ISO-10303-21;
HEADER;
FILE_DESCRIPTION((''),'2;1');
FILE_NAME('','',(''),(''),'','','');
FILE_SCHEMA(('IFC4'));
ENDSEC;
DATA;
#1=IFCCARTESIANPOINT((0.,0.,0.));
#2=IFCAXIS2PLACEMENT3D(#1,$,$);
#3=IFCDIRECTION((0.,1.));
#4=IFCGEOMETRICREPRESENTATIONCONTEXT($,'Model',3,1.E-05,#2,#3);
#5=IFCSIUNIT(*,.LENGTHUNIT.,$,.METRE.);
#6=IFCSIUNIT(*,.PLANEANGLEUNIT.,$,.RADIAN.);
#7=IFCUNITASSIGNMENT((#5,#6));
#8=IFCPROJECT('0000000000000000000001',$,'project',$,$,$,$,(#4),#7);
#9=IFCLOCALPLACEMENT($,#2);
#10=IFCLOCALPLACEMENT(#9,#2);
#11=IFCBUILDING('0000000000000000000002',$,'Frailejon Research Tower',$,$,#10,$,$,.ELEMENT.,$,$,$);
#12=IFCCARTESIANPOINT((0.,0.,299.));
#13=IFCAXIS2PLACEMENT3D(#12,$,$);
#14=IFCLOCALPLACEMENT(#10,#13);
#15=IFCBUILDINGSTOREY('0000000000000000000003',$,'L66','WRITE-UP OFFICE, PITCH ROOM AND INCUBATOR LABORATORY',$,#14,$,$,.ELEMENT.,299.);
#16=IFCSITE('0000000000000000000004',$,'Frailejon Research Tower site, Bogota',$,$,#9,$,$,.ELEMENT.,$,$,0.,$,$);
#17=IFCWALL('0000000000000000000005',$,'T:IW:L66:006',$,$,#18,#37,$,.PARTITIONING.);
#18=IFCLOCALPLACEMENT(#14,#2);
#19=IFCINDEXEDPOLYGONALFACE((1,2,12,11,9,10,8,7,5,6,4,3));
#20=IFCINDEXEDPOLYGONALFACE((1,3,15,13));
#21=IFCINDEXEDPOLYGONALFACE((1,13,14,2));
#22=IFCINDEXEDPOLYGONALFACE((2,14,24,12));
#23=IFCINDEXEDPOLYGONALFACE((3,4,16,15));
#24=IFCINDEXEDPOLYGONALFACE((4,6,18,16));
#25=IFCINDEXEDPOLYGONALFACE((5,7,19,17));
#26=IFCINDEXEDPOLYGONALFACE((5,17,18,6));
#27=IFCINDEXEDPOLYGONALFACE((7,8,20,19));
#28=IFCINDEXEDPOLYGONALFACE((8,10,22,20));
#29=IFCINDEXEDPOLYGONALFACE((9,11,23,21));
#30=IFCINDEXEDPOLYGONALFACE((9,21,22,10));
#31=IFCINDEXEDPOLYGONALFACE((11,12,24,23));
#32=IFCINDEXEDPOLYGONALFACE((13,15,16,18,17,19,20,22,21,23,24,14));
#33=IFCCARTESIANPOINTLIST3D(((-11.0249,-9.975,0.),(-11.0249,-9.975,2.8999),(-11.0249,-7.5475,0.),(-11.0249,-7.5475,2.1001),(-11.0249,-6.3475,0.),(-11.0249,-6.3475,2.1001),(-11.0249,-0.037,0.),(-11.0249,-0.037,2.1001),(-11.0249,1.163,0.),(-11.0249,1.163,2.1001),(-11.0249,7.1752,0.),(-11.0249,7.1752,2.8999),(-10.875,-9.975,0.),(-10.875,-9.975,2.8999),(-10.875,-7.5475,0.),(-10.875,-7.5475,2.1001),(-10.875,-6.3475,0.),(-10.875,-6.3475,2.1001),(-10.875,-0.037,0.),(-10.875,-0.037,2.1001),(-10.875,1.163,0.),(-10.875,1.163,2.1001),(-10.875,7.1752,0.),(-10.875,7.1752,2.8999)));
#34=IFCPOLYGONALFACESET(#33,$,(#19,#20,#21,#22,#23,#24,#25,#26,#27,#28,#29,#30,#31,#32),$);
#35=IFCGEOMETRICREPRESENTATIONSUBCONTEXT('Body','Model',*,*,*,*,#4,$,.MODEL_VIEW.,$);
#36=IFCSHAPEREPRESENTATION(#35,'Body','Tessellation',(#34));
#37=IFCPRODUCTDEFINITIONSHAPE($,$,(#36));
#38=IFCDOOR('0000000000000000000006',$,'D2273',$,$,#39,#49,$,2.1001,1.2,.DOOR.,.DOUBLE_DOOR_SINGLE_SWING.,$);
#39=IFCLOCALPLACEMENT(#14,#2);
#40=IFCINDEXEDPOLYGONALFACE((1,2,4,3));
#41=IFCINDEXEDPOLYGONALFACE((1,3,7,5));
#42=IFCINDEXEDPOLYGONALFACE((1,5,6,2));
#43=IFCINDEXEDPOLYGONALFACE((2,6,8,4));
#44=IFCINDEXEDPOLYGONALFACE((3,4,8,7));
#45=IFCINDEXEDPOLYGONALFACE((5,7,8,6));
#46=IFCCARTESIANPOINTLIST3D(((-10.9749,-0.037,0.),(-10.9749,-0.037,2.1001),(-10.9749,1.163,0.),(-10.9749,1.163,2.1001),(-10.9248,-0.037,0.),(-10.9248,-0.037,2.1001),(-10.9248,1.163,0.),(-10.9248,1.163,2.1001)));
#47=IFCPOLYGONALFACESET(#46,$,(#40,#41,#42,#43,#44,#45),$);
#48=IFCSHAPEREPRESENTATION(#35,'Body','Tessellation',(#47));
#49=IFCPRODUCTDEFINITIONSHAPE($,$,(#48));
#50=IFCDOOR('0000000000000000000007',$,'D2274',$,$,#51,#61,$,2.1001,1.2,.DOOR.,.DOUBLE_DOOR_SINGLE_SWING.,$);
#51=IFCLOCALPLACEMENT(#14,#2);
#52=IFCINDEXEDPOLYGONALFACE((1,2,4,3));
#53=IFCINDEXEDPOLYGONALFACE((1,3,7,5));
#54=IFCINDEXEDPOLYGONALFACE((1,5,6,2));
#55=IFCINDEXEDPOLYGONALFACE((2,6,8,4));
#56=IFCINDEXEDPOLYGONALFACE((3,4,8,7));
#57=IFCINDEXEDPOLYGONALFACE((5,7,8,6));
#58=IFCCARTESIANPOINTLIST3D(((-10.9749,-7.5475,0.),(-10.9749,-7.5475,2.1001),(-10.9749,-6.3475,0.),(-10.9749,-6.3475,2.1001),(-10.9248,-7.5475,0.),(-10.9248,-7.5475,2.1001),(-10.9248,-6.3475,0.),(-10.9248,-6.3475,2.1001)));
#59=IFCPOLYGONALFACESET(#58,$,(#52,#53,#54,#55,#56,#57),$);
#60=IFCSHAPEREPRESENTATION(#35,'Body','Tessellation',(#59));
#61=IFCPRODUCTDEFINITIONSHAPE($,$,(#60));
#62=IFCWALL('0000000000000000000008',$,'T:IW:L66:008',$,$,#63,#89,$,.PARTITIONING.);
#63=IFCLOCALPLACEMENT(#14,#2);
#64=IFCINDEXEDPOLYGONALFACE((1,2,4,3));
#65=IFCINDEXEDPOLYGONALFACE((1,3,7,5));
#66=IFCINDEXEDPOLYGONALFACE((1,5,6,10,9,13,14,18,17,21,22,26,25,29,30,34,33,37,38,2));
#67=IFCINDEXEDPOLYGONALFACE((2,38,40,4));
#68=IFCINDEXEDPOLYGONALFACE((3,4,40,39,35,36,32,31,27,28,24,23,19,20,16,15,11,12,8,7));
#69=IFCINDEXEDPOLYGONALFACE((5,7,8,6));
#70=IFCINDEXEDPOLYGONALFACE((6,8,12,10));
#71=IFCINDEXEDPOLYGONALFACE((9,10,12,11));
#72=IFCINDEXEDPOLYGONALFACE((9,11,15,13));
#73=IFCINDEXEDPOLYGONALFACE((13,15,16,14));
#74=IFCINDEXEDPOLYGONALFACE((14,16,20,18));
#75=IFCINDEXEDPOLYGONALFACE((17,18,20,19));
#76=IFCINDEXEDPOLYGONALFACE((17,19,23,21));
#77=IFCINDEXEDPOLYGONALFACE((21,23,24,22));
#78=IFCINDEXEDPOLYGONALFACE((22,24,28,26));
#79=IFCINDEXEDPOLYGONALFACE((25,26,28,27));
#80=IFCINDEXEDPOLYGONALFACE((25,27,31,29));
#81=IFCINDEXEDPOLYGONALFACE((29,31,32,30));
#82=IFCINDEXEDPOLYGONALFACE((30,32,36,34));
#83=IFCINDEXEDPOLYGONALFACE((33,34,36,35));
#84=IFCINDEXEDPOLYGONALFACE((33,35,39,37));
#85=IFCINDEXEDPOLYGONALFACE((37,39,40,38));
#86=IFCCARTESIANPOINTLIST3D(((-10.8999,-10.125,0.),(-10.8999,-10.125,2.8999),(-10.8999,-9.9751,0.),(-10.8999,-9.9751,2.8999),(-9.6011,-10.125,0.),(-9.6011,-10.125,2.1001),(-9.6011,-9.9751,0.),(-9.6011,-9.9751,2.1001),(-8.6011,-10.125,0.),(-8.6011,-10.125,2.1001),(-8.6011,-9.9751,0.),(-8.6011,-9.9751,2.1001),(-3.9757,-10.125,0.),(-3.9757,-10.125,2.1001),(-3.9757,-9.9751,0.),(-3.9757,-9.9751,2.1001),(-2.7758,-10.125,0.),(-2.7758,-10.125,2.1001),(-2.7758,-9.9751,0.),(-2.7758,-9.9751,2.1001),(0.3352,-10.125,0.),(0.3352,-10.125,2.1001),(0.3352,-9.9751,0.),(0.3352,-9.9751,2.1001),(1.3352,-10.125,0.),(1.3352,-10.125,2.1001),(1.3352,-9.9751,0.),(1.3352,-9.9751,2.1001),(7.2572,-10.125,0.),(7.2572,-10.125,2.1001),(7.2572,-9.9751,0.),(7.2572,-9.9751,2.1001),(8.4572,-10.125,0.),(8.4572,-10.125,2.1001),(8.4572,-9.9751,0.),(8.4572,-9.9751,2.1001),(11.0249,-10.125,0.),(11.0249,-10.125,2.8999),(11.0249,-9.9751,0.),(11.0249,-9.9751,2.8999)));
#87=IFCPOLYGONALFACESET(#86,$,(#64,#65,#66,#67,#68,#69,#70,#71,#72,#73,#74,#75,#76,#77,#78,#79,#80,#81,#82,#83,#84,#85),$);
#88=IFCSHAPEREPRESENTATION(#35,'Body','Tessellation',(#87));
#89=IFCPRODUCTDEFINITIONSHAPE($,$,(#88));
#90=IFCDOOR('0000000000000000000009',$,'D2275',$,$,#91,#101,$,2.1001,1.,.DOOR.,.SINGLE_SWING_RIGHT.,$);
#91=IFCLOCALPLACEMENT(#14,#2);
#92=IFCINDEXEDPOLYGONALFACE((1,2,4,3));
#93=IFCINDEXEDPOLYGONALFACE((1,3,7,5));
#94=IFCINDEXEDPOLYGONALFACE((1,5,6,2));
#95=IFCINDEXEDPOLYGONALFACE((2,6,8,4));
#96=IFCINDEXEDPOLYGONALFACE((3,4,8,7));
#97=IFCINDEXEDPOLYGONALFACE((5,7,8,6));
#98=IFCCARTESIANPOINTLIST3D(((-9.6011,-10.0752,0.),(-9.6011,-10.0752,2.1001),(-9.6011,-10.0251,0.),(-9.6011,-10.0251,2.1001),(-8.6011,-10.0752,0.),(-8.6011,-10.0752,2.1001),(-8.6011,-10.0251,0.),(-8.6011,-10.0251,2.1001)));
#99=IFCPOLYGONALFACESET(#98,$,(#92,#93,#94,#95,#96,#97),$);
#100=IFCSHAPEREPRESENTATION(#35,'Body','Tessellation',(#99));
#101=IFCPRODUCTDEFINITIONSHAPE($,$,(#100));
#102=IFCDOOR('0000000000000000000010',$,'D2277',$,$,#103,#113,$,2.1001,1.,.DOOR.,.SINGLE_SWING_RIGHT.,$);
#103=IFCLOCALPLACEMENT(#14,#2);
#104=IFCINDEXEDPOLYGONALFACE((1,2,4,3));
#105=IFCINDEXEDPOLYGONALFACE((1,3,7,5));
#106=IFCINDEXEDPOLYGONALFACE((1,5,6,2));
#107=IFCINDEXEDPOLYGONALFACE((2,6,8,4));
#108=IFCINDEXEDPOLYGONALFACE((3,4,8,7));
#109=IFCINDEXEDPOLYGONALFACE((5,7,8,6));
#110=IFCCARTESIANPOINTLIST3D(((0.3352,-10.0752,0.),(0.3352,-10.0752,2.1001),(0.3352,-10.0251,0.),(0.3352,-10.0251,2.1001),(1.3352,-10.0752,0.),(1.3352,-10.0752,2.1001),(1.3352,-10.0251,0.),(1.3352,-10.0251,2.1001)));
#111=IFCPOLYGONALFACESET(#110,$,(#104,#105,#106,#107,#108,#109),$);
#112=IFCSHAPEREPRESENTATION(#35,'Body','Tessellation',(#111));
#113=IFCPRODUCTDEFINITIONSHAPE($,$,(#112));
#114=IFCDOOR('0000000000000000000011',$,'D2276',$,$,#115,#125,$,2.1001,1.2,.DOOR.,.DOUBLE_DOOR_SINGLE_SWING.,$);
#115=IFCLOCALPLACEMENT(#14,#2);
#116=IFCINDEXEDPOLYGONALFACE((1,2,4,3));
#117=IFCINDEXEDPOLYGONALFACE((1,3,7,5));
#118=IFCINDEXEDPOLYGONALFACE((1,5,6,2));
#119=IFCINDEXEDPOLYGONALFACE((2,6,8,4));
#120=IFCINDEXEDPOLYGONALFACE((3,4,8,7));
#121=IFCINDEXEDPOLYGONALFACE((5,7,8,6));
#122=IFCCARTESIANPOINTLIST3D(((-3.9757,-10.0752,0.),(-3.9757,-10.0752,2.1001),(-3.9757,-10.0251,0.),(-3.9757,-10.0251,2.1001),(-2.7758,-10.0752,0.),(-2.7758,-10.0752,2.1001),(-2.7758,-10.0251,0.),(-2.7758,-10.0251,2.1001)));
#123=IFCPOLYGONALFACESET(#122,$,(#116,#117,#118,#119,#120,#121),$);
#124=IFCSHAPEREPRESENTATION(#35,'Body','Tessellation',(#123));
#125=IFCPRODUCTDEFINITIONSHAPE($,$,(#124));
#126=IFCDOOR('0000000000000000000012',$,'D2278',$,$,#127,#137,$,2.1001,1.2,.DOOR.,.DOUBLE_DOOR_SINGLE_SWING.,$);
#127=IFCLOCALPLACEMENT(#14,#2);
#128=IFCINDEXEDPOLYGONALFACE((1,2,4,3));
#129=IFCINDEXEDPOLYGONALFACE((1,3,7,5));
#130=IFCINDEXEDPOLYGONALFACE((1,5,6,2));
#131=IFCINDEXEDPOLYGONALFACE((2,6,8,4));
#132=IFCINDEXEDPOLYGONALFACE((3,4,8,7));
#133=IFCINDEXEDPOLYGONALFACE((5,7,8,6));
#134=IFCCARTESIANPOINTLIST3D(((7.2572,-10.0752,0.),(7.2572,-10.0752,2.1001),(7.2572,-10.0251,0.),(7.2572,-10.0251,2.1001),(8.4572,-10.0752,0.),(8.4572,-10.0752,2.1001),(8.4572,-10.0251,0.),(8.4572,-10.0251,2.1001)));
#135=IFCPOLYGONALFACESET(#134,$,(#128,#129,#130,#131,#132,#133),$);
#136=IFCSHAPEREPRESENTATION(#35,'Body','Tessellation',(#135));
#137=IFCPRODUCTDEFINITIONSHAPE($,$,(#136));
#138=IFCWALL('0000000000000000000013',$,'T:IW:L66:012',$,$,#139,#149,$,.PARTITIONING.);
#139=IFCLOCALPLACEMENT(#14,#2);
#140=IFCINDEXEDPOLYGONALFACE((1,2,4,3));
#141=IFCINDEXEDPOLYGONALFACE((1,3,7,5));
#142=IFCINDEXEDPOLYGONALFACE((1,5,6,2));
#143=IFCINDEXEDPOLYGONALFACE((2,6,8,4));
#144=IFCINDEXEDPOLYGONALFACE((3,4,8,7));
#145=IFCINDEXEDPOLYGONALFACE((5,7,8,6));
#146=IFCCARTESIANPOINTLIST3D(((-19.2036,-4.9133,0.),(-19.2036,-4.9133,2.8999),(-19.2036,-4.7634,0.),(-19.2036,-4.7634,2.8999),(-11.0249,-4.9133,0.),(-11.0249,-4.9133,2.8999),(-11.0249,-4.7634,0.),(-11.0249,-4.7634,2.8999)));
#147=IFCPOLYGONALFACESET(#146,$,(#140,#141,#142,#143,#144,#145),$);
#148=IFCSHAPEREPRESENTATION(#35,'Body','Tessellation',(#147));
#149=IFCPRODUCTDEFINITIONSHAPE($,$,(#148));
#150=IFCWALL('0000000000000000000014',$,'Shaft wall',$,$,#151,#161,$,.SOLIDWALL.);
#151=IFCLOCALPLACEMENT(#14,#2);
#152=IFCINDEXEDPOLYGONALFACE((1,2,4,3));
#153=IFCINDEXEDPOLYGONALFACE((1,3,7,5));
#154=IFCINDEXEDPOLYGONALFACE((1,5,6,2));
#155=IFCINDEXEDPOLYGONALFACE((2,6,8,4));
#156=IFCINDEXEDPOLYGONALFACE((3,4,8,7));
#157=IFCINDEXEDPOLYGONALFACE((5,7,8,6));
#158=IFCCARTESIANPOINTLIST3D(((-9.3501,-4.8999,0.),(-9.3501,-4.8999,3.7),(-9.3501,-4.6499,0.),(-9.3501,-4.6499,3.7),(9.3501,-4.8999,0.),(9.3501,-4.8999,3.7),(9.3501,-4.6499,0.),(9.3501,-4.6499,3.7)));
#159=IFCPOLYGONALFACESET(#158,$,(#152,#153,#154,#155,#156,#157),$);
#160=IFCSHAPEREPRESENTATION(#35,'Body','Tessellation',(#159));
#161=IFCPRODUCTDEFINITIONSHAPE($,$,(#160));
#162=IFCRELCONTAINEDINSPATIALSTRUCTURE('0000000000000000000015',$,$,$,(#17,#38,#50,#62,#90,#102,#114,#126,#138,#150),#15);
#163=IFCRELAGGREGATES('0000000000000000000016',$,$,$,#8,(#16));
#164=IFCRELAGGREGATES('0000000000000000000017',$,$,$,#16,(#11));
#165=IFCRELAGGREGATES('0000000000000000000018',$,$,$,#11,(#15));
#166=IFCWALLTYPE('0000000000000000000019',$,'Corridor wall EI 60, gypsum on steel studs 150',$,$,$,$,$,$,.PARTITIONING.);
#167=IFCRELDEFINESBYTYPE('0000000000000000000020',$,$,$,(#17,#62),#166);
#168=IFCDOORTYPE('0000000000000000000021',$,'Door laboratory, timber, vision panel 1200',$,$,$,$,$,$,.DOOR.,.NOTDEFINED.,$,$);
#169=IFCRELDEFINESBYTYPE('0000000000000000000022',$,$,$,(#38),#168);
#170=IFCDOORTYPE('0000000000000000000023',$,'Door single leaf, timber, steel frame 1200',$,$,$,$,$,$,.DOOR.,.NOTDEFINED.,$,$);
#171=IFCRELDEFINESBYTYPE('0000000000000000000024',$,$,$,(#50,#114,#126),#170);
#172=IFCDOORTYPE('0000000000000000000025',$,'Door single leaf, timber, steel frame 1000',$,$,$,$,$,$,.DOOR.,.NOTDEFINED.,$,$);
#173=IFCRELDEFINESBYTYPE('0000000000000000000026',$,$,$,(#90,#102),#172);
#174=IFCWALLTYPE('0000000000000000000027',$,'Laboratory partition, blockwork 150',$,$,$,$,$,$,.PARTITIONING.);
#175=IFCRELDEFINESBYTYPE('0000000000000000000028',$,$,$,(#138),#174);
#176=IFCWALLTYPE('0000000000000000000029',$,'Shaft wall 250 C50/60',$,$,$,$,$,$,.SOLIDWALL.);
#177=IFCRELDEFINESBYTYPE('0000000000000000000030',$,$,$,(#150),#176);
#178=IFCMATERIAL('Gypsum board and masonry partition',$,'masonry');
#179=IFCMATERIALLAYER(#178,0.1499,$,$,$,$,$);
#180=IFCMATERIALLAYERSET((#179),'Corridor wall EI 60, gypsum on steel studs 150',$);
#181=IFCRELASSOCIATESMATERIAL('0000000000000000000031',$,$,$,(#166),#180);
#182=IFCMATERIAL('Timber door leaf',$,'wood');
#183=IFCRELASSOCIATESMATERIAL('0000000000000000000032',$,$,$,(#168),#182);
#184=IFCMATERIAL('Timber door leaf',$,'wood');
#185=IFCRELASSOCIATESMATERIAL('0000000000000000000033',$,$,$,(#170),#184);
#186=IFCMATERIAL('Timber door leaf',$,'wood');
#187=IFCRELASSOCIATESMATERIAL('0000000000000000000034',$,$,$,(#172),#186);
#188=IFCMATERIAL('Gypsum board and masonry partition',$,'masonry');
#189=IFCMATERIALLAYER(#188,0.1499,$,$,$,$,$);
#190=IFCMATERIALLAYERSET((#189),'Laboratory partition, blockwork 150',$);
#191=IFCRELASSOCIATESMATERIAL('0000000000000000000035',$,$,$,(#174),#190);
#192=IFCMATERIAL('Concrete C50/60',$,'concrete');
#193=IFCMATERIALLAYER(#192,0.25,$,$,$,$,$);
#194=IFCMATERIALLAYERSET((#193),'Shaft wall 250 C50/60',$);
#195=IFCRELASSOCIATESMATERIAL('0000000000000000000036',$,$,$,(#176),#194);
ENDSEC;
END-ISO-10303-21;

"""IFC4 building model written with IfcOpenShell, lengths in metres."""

from ifc_helpers import new_model, si_unit, direction, frame, frame_2d, origin, place, context, subcontext, project, spatial, rectangle, extrude, material, layer, layer_set, type_object, element, fill, save


model = new_model("IFC4")

# Units and contexts
model_context = context("Model", 3, precision=1e-05, world=origin(), true_north=direction((0.0, 1.0)))
body_context = subcontext(model_context, "Body", "Model", "MODEL_VIEW")
ifc_project = project(units=[si_unit("LENGTHUNIT", "METRE"), si_unit("PLANEANGLEUNIT", "RADIAN")], contexts=[model_context])

# Site, building, storey
site_placement = place(None, origin())
site = spatial("IfcSite", under=ifc_project, at=site_placement, Name="Frailejon Research Tower site, Bogota", CompositionType="ELEMENT", RefElevation=0.0)
building_placement = place(site_placement, origin())
building = spatial("IfcBuilding", under=site, at=building_placement, Name="Frailejon Research Tower", CompositionType="ELEMENT")
storey_placement = place(building_placement, frame((0.0, 0.0, 299.0)))
storey = spatial("IfcBuildingStorey", under=building, at=storey_placement, Name="L66", Description="WRITE-UP OFFICE, PITCH ROOM AND INCUBATOR LABORATORY", CompositionType="ELEMENT", Elevation=299.0)

# Walls, openings, doors
ifc_material_1 = material(Name="Gypsum board and masonry partition", Category="masonry")
ifc_layer_1 = layer(ifc_material_1, 0.1499)
ifc_layer_set_1 = layer_set([ifc_layer_1], Name="Corridor wall EI 60, gypsum on steel studs 150")
wall_type_1 = type_object("IfcWallType", Name="Corridor wall EI 60, gypsum on steel studs 150", PredefinedType="PARTITIONING", material=ifc_layer_set_1)
wall_1_placement = place(storey_placement, frame((-10.95, -9.9751, 0.0), z_axis=(0.0, 0.0, 1.0), x_axis=(0.0, 1.0, 0.0)))
wall_1 = element("IfcWall", 1, at=wall_1_placement, inside=storey, type_object=wall_type_1, Name="T:IW:L66:006", PredefinedType="PARTITIONING", context=body_context, shape_type="SweptSolid", body=[
    extrude(rectangle(XDim=17.1501, YDim=0.1499, at=frame_2d((8.5752, 0.0))), origin(), (0.0, 0.0, 1.0), 2.8999),
])
opening_1_placement = place(wall_1_placement, frame((9.938, 0.0, 0.0)))
opening_1 = element("IfcOpeningElement", 2, at=opening_1_placement, cuts=wall_1, PredefinedType="OPENING", context=body_context, shape_type="SweptSolid", body=[
    extrude(rectangle(XDim=1.2, YDim=2.1001, at=frame_2d((0.6001, 1.05))), frame((0.0, 0.085, 0.0), z_axis=(0.0, -1.0, 0.0), x_axis=(1.0, 0.0, 0.0)), (0.0, 0.0, 1.0), 0.1699),
])
opening_2_placement = place(wall_1_placement, frame((2.4275, 0.0, 0.0)))
opening_2 = element("IfcOpeningElement", 3, at=opening_2_placement, cuts=wall_1, PredefinedType="OPENING", context=body_context, shape_type="SweptSolid", body=[
    extrude(rectangle(XDim=1.2, YDim=2.1001, at=frame_2d((0.6001, 1.05))), frame((0.0, 0.085, 0.0), z_axis=(0.0, -1.0, 0.0), x_axis=(1.0, 0.0, 0.0)), (0.0, 0.0, 1.0), 0.1699),
])
ifc_material_2 = material(Name="Timber door leaf", Category="wood")
door_type_1 = type_object("IfcDoorType", Name="Door laboratory, timber, vision panel 1200", OperationType="NOTDEFINED", PredefinedType="DOOR", material=ifc_material_2)
door_1_placement = place(opening_1_placement, origin())
door_1 = element("IfcDoor", 4, at=door_1_placement, inside=storey, type_object=door_type_1, Name="D2273", OperationType="DOUBLE_DOOR_SINGLE_SWING", OverallHeight=2.1001, OverallWidth=1.2, PredefinedType="DOOR", context=body_context, shape_type="SweptSolid", body=[
    extrude(rectangle(XDim=1.2, YDim=2.1001, at=frame_2d((0.6001, 1.05))), frame((0.0, 0.0249, 0.0), z_axis=(0.0, -1.0, 0.0), x_axis=(1.0, 0.0, 0.0)), (0.0, 0.0, 1.0), 0.05),
])
fill(opening_1, door_1)
ifc_material_3 = material(Name="Timber door leaf", Category="wood")
door_type_2 = type_object("IfcDoorType", Name="Door single leaf, timber, steel frame 1200", OperationType="NOTDEFINED", PredefinedType="DOOR", material=ifc_material_3)
door_2_placement = place(opening_2_placement, origin())
door_2 = element("IfcDoor", 5, at=door_2_placement, inside=storey, type_object=door_type_2, Name="D2274", OperationType="DOUBLE_DOOR_SINGLE_SWING", OverallHeight=2.1001, OverallWidth=1.2, PredefinedType="DOOR", context=body_context, shape_type="SweptSolid", body=[
    extrude(rectangle(XDim=1.2, YDim=2.1001, at=frame_2d((0.6001, 1.05))), frame((0.0, 0.0249, 0.0), z_axis=(0.0, -1.0, 0.0), x_axis=(1.0, 0.0, 0.0)), (0.0, 0.0, 1.0), 0.05),
])
fill(opening_2, door_2)
wall_2_placement = place(storey_placement, frame((-10.8999, -10.05, 0.0), z_axis=(0.0, 0.0, 1.0), x_axis=(1.0, 0.0, 0.0)))
wall_2 = element("IfcWall", 6, at=wall_2_placement, inside=storey, type_object=wall_type_1, Name="T:IW:L66:008", PredefinedType="PARTITIONING", context=body_context, shape_type="SweptSolid", body=[
    extrude(rectangle(XDim=21.9248, YDim=0.1499, at=frame_2d((10.9624, 0.0))), origin(), (0.0, 0.0, 1.0), 2.8999),
])
opening_3_placement = place(wall_2_placement, frame((1.2988, 0.0, 0.0)))
opening_3 = element("IfcOpeningElement", 7, at=opening_3_placement, cuts=wall_2, PredefinedType="OPENING", context=body_context, shape_type="SweptSolid", body=[
    extrude(rectangle(XDim=1.0, YDim=2.1001, at=frame_2d((0.5, 1.05))), frame((0.0, 0.085, 0.0), z_axis=(0.0, -1.0, 0.0), x_axis=(1.0, 0.0, 0.0)), (0.0, 0.0, 1.0), 0.1699),
])
opening_4_placement = place(wall_2_placement, frame((6.9241, 0.0, 0.0)))
opening_4 = element("IfcOpeningElement", 8, at=opening_4_placement, cuts=wall_2, PredefinedType="OPENING", context=body_context, shape_type="SweptSolid", body=[
    extrude(rectangle(XDim=1.2, YDim=2.1001, at=frame_2d((0.6001, 1.05))), frame((0.0, 0.085, 0.0), z_axis=(0.0, -1.0, 0.0), x_axis=(1.0, 0.0, 0.0)), (0.0, 0.0, 1.0), 0.1699),
])
opening_5_placement = place(wall_2_placement, frame((11.2351, 0.0, 0.0)))
opening_5 = element("IfcOpeningElement", 9, at=opening_5_placement, cuts=wall_2, PredefinedType="OPENING", context=body_context, shape_type="SweptSolid", body=[
    extrude(rectangle(XDim=1.0, YDim=2.1001, at=frame_2d((0.5, 1.05))), frame((0.0, 0.085, 0.0), z_axis=(0.0, -1.0, 0.0), x_axis=(1.0, 0.0, 0.0)), (0.0, 0.0, 1.0), 0.1699),
])
opening_6_placement = place(wall_2_placement, frame((18.157, 0.0, 0.0)))
opening_6 = element("IfcOpeningElement", 10, at=opening_6_placement, cuts=wall_2, PredefinedType="OPENING", context=body_context, shape_type="SweptSolid", body=[
    extrude(rectangle(XDim=1.2, YDim=2.1001, at=frame_2d((0.6001, 1.05))), frame((0.0, 0.085, 0.0), z_axis=(0.0, -1.0, 0.0), x_axis=(1.0, 0.0, 0.0)), (0.0, 0.0, 1.0), 0.1699),
])
ifc_material_4 = material(Name="Timber door leaf", Category="wood")
door_type_3 = type_object("IfcDoorType", Name="Door single leaf, timber, steel frame 1000", OperationType="NOTDEFINED", PredefinedType="DOOR", material=ifc_material_4)
door_3_placement = place(opening_3_placement, origin())
door_3 = element("IfcDoor", 11, at=door_3_placement, inside=storey, type_object=door_type_3, Name="D2275", OperationType="SINGLE_SWING_RIGHT", OverallHeight=2.1001, OverallWidth=1.0, PredefinedType="DOOR", context=body_context, shape_type="SweptSolid", body=[
    extrude(rectangle(XDim=1.0, YDim=2.1001, at=frame_2d((0.5, 1.05))), frame((0.0, 0.0249, 0.0), z_axis=(0.0, -1.0, 0.0), x_axis=(1.0, 0.0, 0.0)), (0.0, 0.0, 1.0), 0.05),
])
fill(opening_3, door_3)
door_4_placement = place(opening_5_placement, origin())
door_4 = element("IfcDoor", 12, at=door_4_placement, inside=storey, type_object=door_type_3, Name="D2277", OperationType="SINGLE_SWING_RIGHT", OverallHeight=2.1001, OverallWidth=1.0, PredefinedType="DOOR", context=body_context, shape_type="SweptSolid", body=[
    extrude(rectangle(XDim=1.0, YDim=2.1001, at=frame_2d((0.5, 1.05))), frame((0.0, 0.0249, 0.0), z_axis=(0.0, -1.0, 0.0), x_axis=(1.0, 0.0, 0.0)), (0.0, 0.0, 1.0), 0.05),
])
fill(opening_5, door_4)
door_5_placement = place(opening_4_placement, origin())
door_5 = element("IfcDoor", 13, at=door_5_placement, inside=storey, type_object=door_type_2, Name="D2276", OperationType="DOUBLE_DOOR_SINGLE_SWING", OverallHeight=2.1001, OverallWidth=1.2, PredefinedType="DOOR", context=body_context, shape_type="SweptSolid", body=[
    extrude(rectangle(XDim=1.2, YDim=2.1001, at=frame_2d((0.6001, 1.05))), frame((0.0, 0.0249, 0.0), z_axis=(0.0, -1.0, 0.0), x_axis=(1.0, 0.0, 0.0)), (0.0, 0.0, 1.0), 0.05),
])
fill(opening_4, door_5)
door_6_placement = place(opening_6_placement, origin())
door_6 = element("IfcDoor", 14, at=door_6_placement, inside=storey, type_object=door_type_2, Name="D2278", OperationType="DOUBLE_DOOR_SINGLE_SWING", OverallHeight=2.1001, OverallWidth=1.2, PredefinedType="DOOR", context=body_context, shape_type="SweptSolid", body=[
    extrude(rectangle(XDim=1.2, YDim=2.1001, at=frame_2d((0.6001, 1.05))), frame((0.0, 0.0249, 0.0), z_axis=(0.0, -1.0, 0.0), x_axis=(1.0, 0.0, 0.0)), (0.0, 0.0, 1.0), 0.05),
])
fill(opening_6, door_6)

# Walls
ifc_material_5 = material(Name="Gypsum board and masonry partition", Category="masonry")
ifc_layer_2 = layer(ifc_material_5, 0.1499)
ifc_layer_set_2 = layer_set([ifc_layer_2], Name="Laboratory partition, blockwork 150")
wall_type_2 = type_object("IfcWallType", Name="Laboratory partition, blockwork 150", PredefinedType="PARTITIONING", material=ifc_layer_set_2)
wall_3_placement = place(storey_placement, frame((-19.2036, -4.8384, 0.0), z_axis=(0.0, 0.0, 1.0), x_axis=(1.0, 0.0, 0.0)))
element("IfcWall", 15, at=wall_3_placement, inside=storey, type_object=wall_type_2, Name="T:IW:L66:012", PredefinedType="PARTITIONING", context=body_context, shape_type="SweptSolid", body=[
    extrude(rectangle(XDim=8.1787, YDim=0.1499, at=frame_2d((4.0894, 0.0))), origin(), (0.0, 0.0, 1.0), 2.8999),
])
ifc_material_6 = material(Name="Concrete C50/60", Category="concrete")
ifc_layer_3 = layer(ifc_material_6, 0.25)
ifc_layer_set_3 = layer_set([ifc_layer_3], Name="Shaft wall 250 C50/60")
wall_type_3 = type_object("IfcWallType", Name="Shaft wall 250 C50/60", PredefinedType="SOLIDWALL", material=ifc_layer_set_3)
wall_4_placement = place(storey_placement, frame((-9.3501, -4.7749, 0.0), z_axis=(0.0, 0.0, 1.0), x_axis=(1.0, 0.0, 0.0)))
element("IfcWall", 16, at=wall_4_placement, inside=storey, type_object=wall_type_3, Name="Shaft wall", PredefinedType="SOLIDWALL", context=body_context, shape_type="SweptSolid", body=[
    extrude(rectangle(XDim=18.7002, YDim=0.25, at=frame_2d((9.3501, 0.0))), origin(), (0.0, 0.0, 1.0), 3.7),
])

save(model, "model.ifc")
